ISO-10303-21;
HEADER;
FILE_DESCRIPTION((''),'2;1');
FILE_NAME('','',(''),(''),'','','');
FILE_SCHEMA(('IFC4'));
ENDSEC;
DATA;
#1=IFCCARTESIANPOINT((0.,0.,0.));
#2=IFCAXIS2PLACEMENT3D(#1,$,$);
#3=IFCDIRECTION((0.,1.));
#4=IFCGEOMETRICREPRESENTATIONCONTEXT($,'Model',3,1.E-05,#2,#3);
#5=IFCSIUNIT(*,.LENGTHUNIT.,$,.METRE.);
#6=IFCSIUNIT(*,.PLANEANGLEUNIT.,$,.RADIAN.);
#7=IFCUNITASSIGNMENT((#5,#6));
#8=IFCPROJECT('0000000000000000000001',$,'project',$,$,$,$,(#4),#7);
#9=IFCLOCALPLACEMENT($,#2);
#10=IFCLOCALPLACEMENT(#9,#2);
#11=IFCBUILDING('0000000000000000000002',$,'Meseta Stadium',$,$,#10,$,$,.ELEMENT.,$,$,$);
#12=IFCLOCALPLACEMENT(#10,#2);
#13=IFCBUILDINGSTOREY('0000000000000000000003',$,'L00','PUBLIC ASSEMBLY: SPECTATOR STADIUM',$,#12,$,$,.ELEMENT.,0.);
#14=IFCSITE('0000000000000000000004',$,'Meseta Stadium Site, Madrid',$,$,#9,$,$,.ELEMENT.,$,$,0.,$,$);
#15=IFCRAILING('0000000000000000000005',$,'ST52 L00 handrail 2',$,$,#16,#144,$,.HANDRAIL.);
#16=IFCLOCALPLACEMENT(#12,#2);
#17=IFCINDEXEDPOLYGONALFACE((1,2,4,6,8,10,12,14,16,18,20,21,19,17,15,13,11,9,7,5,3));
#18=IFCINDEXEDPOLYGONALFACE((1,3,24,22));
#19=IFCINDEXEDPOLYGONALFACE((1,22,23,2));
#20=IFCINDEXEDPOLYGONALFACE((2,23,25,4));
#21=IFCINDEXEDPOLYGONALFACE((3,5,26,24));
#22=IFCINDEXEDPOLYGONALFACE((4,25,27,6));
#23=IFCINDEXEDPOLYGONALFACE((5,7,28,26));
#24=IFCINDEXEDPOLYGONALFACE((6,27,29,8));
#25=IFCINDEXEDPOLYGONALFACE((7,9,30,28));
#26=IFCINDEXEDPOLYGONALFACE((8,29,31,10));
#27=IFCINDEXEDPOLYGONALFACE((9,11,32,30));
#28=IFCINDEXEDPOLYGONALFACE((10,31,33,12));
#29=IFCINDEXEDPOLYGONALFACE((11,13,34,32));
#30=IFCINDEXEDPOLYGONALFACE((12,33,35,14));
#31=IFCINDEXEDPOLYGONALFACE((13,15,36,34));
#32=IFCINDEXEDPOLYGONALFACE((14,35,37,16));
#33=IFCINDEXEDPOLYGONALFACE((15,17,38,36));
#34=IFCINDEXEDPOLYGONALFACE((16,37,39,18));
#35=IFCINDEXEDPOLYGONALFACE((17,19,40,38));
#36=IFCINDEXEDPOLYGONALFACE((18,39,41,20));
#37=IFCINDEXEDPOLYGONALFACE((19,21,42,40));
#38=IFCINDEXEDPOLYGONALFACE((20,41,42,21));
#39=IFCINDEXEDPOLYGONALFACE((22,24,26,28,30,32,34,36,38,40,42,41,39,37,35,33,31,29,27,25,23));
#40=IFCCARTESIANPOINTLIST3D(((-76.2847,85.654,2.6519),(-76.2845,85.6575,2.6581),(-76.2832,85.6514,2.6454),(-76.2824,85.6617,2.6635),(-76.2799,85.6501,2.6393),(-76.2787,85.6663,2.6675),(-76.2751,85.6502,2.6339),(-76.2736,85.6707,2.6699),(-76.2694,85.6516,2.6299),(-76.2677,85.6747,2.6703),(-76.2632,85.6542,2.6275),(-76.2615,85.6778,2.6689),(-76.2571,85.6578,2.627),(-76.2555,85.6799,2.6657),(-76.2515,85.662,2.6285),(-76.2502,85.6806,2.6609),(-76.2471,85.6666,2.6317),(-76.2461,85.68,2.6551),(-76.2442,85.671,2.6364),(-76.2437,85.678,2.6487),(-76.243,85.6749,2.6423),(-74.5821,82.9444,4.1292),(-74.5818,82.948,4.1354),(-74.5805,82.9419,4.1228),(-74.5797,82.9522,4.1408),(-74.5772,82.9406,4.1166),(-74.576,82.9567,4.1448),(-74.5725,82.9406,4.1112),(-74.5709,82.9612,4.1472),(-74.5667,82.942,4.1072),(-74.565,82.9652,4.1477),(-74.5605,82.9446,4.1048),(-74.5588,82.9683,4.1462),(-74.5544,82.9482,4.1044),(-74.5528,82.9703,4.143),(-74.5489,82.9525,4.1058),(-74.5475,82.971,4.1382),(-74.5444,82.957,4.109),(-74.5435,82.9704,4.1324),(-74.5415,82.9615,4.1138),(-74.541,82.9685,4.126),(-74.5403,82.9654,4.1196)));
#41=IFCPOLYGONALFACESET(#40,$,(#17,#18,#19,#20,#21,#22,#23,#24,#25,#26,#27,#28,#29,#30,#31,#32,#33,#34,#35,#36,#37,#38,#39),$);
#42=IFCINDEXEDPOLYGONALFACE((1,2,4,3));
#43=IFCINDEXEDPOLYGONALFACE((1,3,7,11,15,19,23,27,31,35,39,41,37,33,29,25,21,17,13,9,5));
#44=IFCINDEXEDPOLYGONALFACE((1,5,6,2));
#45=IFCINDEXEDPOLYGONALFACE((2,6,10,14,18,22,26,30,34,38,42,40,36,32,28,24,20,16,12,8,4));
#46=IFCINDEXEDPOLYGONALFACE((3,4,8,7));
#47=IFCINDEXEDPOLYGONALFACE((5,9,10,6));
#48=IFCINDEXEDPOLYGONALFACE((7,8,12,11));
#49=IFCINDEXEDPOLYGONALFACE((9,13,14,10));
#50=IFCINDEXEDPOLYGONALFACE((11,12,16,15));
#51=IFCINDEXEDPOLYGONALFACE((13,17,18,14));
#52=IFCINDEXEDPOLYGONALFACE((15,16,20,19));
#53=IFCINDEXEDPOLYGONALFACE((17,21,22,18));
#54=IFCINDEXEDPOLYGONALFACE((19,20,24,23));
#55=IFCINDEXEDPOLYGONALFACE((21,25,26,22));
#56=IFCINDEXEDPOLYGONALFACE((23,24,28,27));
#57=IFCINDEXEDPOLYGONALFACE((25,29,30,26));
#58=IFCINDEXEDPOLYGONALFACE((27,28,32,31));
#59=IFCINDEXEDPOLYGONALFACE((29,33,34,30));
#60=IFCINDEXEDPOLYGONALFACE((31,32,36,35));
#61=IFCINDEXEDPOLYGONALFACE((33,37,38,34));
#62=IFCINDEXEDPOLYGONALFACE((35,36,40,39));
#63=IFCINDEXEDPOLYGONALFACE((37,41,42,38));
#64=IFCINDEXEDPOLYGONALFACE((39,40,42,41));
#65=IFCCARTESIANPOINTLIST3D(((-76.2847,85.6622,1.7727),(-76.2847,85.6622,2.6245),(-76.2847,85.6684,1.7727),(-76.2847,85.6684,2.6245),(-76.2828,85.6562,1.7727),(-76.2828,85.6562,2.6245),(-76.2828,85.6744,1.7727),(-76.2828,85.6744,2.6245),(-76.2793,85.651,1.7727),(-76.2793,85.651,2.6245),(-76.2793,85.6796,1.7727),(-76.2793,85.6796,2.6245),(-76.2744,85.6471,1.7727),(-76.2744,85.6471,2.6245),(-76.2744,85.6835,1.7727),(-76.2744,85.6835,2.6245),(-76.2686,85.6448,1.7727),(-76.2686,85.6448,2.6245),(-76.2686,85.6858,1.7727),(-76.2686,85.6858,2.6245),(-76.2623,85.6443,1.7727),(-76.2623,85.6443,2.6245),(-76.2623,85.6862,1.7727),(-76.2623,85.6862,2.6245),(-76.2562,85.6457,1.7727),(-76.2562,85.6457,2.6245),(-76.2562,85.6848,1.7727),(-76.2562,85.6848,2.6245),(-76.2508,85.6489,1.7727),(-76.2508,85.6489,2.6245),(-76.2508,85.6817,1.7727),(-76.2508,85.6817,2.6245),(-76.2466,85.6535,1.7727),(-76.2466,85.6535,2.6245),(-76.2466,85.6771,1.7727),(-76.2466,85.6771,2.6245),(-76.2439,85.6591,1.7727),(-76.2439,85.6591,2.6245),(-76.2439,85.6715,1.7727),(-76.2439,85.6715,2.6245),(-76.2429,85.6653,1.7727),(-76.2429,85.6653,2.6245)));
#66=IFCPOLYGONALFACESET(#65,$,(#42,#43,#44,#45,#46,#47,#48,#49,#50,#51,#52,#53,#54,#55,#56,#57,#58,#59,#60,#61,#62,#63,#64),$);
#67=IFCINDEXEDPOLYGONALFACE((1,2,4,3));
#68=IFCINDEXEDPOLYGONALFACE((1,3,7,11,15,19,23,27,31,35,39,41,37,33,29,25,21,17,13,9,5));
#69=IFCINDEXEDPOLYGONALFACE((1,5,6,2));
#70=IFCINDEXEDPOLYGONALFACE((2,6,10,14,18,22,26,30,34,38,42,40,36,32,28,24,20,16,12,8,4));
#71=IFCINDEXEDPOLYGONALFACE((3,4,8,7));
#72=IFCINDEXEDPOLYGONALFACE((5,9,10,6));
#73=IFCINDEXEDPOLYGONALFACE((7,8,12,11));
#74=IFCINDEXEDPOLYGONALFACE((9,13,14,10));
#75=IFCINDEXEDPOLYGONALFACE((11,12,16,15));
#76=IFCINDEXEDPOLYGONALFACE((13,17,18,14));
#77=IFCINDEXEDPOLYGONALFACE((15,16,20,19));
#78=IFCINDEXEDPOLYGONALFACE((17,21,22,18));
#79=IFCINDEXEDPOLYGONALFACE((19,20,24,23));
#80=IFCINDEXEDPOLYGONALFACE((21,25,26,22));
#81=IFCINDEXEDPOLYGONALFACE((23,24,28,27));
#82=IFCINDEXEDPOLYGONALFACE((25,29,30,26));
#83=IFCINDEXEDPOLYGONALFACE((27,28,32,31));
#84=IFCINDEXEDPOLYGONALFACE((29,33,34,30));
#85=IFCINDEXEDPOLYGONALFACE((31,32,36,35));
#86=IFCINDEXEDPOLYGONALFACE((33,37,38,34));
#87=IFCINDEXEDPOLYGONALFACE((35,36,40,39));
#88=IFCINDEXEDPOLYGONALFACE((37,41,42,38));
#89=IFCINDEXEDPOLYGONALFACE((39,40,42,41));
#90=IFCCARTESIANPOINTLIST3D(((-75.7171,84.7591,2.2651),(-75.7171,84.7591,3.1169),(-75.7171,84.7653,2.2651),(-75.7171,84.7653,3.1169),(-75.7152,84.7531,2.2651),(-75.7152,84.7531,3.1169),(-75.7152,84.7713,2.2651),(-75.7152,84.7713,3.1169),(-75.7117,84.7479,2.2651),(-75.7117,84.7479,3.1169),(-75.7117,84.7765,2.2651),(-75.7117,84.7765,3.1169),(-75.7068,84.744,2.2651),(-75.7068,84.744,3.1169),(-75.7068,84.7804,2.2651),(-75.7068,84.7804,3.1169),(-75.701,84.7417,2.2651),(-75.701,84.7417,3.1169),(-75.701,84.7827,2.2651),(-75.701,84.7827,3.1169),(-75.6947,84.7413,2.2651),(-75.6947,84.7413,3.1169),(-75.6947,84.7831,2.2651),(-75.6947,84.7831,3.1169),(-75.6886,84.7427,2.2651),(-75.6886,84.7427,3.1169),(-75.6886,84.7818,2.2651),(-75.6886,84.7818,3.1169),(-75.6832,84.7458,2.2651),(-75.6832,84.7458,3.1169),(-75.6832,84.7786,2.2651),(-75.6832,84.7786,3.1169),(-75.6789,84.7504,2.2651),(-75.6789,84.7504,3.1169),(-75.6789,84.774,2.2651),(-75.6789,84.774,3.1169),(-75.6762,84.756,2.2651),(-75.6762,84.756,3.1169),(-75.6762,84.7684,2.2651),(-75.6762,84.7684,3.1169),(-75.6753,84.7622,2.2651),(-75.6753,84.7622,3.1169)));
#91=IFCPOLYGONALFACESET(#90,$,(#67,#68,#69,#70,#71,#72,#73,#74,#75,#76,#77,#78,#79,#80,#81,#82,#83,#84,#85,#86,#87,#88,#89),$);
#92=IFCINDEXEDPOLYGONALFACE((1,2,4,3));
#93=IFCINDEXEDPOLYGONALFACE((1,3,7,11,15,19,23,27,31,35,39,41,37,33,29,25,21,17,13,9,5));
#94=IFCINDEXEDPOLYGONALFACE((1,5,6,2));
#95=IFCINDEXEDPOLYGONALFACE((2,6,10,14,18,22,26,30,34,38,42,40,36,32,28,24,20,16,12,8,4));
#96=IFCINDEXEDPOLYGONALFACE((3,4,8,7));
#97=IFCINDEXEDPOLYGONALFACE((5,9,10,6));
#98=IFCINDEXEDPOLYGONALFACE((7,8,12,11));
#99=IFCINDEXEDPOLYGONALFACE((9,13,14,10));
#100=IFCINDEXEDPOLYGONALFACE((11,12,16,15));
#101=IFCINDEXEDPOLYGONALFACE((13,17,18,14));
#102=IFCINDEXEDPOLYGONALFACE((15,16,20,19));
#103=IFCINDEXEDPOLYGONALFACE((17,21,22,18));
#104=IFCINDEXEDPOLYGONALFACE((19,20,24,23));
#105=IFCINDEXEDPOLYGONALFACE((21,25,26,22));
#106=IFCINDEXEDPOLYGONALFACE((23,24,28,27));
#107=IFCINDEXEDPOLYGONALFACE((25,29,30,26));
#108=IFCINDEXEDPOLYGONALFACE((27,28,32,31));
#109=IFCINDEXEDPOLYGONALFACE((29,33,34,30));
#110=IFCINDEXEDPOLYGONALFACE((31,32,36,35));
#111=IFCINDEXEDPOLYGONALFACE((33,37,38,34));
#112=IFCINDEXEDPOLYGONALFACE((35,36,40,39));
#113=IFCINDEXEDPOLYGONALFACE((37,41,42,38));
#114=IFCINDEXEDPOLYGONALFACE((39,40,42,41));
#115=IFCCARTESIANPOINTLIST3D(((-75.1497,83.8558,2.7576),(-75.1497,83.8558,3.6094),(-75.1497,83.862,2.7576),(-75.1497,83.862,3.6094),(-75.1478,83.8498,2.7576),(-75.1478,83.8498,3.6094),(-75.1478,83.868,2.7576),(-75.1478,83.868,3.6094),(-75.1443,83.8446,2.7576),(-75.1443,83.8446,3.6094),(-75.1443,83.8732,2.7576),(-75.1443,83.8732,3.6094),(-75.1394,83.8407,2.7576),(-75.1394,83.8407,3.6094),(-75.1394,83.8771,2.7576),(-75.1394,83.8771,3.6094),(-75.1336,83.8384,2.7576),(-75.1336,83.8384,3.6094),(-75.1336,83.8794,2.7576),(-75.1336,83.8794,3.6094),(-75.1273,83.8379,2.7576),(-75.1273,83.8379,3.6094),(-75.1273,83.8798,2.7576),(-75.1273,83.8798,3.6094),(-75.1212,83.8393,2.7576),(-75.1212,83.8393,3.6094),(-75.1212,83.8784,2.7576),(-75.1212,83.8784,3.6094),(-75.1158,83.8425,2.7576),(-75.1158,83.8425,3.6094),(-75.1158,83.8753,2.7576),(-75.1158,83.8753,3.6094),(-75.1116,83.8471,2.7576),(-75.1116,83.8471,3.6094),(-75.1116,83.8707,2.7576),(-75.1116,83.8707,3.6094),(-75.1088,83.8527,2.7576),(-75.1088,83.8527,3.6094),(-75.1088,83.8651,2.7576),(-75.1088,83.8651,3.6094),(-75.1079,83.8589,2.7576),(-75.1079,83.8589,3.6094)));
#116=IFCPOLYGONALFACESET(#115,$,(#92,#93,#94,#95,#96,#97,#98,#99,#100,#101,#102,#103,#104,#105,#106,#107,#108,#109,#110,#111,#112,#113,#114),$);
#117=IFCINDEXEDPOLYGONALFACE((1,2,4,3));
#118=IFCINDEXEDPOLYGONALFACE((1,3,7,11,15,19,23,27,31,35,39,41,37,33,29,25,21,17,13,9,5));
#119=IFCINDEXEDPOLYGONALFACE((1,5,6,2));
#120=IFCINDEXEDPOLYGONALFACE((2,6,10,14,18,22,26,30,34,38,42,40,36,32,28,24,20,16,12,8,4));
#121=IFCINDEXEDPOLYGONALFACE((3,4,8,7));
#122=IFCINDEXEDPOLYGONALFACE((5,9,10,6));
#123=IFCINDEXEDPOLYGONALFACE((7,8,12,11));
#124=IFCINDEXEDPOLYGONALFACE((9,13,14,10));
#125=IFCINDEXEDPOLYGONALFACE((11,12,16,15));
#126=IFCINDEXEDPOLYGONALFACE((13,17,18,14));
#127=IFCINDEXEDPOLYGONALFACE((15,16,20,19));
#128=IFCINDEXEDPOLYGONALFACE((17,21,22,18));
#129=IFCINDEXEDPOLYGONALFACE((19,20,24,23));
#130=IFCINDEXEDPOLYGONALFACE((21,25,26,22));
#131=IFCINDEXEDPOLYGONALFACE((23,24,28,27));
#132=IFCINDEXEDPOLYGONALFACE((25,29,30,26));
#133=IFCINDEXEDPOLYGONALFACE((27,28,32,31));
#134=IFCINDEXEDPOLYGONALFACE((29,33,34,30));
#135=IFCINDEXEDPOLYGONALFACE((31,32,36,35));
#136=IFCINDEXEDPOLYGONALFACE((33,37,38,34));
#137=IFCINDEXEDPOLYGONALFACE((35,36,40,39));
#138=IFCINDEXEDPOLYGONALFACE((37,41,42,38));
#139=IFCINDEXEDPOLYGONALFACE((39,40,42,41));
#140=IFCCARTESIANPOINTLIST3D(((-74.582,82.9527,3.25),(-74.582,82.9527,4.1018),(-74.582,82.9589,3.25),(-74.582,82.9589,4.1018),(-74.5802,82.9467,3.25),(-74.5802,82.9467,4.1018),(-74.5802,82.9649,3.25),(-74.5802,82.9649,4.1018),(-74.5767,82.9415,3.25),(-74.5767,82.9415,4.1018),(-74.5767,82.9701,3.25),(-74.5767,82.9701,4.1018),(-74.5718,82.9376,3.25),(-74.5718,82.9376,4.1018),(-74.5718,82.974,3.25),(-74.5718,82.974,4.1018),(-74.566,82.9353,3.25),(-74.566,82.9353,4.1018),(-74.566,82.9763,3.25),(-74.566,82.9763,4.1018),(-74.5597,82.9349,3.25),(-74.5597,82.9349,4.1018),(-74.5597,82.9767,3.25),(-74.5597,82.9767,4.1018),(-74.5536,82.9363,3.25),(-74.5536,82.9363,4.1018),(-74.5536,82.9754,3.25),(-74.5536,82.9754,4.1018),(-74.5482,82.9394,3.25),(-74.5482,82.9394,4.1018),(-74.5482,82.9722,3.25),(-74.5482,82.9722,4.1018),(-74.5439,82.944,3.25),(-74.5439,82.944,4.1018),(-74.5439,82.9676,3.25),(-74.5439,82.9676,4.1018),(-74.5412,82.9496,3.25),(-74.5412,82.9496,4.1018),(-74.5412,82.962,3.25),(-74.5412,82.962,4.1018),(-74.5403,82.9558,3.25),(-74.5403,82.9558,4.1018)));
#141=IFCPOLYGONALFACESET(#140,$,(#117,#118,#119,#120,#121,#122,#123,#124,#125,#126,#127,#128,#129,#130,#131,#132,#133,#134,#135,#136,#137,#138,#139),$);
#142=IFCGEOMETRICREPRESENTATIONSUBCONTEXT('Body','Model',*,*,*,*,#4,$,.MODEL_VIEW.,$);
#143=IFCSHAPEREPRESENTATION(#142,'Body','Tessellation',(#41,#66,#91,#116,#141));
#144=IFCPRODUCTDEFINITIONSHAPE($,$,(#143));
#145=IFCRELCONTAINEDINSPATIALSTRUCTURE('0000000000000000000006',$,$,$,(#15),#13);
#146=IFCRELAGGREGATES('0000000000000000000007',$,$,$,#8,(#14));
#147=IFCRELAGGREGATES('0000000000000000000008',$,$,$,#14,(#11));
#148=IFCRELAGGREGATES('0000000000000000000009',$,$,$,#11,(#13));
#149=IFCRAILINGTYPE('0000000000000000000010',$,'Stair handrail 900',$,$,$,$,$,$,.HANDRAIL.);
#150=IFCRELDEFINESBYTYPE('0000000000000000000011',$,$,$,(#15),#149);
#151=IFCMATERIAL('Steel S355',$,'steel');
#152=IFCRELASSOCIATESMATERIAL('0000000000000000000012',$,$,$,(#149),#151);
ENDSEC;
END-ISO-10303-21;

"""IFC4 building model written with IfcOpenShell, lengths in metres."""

from ifc_helpers import new_model, si_unit, direction, frame, origin, origin_2d, place, context, subcontext, project, spatial, circle, extrude, material, type_object, element, save


model = new_model("IFC4")

# Units and contexts
model_context = context("Model", 3, precision=1e-05, world=origin(), true_north=direction((0.0, 1.0)))
body_context = subcontext(model_context, "Body", "Model", "MODEL_VIEW")
ifc_project = project(units=[si_unit("LENGTHUNIT", "METRE"), si_unit("PLANEANGLEUNIT", "RADIAN")], contexts=[model_context])

# Site, building, storey
site_placement = place(None, origin())
site = spatial("IfcSite", under=ifc_project, at=site_placement, Name="Meseta Stadium Site, Madrid", CompositionType="ELEMENT", RefElevation=0.0)
building_placement = place(site_placement, origin())
building = spatial("IfcBuilding", under=site, at=building_placement, Name="Meseta Stadium", CompositionType="ELEMENT")
storey_placement = place(building_placement, origin())
storey = spatial("IfcBuildingStorey", under=building, at=storey_placement, Name="L00", Description="PUBLIC ASSEMBLY: SPECTATOR STADIUM", CompositionType="ELEMENT", Elevation=0.0)

# Railing
ifc_material_1 = material(Name="Steel S355", Category="steel")
railing_type = type_object("IfcRailingType", Name="Stair handrail 900", PredefinedType="HANDRAIL", material=ifc_material_1)
for number, where, name in (
    (1, (-76.2639, 85.6653, 1.7727), "ST52 L00 handrail 2"),
):
    element("IfcRailing", number, at=place(storey_placement, frame(where)), inside=storey, type_object=railing_type, Name=name, PredefinedType="HANDRAIL", context=body_context, shape_type="SweptSolid", body=[
        extrude(circle(Radius=0.0239, at=origin_2d()), frame((0.0, 0.0, 0.876), z_axis=(0.483076, -0.768738, 0.419142), x_axis=(0.846701, 0.532068, 0.0)), (0.0, 0.0, 1.0), 3.5247),
        extrude(circle(Radius=0.021, at=origin_2d()), origin(), (0.0, 0.0, 1.0), 0.8518),
        extrude(circle(Radius=0.021, at=origin_2d()), frame((0.5676, -0.9031, 0.4924)), (0.0, 0.0, 1.0), 0.8518),
        extrude(circle(Radius=0.021, at=origin_2d()), frame((1.135, -1.8064, 0.9849)), (0.0, 0.0, 1.0), 0.8518),
        extrude(circle(Radius=0.021, at=origin_2d()), frame((1.7026, -2.7095, 1.4773)), (0.0, 0.0, 1.0), 0.8518),
    ])

save(model, "model.ifc")
